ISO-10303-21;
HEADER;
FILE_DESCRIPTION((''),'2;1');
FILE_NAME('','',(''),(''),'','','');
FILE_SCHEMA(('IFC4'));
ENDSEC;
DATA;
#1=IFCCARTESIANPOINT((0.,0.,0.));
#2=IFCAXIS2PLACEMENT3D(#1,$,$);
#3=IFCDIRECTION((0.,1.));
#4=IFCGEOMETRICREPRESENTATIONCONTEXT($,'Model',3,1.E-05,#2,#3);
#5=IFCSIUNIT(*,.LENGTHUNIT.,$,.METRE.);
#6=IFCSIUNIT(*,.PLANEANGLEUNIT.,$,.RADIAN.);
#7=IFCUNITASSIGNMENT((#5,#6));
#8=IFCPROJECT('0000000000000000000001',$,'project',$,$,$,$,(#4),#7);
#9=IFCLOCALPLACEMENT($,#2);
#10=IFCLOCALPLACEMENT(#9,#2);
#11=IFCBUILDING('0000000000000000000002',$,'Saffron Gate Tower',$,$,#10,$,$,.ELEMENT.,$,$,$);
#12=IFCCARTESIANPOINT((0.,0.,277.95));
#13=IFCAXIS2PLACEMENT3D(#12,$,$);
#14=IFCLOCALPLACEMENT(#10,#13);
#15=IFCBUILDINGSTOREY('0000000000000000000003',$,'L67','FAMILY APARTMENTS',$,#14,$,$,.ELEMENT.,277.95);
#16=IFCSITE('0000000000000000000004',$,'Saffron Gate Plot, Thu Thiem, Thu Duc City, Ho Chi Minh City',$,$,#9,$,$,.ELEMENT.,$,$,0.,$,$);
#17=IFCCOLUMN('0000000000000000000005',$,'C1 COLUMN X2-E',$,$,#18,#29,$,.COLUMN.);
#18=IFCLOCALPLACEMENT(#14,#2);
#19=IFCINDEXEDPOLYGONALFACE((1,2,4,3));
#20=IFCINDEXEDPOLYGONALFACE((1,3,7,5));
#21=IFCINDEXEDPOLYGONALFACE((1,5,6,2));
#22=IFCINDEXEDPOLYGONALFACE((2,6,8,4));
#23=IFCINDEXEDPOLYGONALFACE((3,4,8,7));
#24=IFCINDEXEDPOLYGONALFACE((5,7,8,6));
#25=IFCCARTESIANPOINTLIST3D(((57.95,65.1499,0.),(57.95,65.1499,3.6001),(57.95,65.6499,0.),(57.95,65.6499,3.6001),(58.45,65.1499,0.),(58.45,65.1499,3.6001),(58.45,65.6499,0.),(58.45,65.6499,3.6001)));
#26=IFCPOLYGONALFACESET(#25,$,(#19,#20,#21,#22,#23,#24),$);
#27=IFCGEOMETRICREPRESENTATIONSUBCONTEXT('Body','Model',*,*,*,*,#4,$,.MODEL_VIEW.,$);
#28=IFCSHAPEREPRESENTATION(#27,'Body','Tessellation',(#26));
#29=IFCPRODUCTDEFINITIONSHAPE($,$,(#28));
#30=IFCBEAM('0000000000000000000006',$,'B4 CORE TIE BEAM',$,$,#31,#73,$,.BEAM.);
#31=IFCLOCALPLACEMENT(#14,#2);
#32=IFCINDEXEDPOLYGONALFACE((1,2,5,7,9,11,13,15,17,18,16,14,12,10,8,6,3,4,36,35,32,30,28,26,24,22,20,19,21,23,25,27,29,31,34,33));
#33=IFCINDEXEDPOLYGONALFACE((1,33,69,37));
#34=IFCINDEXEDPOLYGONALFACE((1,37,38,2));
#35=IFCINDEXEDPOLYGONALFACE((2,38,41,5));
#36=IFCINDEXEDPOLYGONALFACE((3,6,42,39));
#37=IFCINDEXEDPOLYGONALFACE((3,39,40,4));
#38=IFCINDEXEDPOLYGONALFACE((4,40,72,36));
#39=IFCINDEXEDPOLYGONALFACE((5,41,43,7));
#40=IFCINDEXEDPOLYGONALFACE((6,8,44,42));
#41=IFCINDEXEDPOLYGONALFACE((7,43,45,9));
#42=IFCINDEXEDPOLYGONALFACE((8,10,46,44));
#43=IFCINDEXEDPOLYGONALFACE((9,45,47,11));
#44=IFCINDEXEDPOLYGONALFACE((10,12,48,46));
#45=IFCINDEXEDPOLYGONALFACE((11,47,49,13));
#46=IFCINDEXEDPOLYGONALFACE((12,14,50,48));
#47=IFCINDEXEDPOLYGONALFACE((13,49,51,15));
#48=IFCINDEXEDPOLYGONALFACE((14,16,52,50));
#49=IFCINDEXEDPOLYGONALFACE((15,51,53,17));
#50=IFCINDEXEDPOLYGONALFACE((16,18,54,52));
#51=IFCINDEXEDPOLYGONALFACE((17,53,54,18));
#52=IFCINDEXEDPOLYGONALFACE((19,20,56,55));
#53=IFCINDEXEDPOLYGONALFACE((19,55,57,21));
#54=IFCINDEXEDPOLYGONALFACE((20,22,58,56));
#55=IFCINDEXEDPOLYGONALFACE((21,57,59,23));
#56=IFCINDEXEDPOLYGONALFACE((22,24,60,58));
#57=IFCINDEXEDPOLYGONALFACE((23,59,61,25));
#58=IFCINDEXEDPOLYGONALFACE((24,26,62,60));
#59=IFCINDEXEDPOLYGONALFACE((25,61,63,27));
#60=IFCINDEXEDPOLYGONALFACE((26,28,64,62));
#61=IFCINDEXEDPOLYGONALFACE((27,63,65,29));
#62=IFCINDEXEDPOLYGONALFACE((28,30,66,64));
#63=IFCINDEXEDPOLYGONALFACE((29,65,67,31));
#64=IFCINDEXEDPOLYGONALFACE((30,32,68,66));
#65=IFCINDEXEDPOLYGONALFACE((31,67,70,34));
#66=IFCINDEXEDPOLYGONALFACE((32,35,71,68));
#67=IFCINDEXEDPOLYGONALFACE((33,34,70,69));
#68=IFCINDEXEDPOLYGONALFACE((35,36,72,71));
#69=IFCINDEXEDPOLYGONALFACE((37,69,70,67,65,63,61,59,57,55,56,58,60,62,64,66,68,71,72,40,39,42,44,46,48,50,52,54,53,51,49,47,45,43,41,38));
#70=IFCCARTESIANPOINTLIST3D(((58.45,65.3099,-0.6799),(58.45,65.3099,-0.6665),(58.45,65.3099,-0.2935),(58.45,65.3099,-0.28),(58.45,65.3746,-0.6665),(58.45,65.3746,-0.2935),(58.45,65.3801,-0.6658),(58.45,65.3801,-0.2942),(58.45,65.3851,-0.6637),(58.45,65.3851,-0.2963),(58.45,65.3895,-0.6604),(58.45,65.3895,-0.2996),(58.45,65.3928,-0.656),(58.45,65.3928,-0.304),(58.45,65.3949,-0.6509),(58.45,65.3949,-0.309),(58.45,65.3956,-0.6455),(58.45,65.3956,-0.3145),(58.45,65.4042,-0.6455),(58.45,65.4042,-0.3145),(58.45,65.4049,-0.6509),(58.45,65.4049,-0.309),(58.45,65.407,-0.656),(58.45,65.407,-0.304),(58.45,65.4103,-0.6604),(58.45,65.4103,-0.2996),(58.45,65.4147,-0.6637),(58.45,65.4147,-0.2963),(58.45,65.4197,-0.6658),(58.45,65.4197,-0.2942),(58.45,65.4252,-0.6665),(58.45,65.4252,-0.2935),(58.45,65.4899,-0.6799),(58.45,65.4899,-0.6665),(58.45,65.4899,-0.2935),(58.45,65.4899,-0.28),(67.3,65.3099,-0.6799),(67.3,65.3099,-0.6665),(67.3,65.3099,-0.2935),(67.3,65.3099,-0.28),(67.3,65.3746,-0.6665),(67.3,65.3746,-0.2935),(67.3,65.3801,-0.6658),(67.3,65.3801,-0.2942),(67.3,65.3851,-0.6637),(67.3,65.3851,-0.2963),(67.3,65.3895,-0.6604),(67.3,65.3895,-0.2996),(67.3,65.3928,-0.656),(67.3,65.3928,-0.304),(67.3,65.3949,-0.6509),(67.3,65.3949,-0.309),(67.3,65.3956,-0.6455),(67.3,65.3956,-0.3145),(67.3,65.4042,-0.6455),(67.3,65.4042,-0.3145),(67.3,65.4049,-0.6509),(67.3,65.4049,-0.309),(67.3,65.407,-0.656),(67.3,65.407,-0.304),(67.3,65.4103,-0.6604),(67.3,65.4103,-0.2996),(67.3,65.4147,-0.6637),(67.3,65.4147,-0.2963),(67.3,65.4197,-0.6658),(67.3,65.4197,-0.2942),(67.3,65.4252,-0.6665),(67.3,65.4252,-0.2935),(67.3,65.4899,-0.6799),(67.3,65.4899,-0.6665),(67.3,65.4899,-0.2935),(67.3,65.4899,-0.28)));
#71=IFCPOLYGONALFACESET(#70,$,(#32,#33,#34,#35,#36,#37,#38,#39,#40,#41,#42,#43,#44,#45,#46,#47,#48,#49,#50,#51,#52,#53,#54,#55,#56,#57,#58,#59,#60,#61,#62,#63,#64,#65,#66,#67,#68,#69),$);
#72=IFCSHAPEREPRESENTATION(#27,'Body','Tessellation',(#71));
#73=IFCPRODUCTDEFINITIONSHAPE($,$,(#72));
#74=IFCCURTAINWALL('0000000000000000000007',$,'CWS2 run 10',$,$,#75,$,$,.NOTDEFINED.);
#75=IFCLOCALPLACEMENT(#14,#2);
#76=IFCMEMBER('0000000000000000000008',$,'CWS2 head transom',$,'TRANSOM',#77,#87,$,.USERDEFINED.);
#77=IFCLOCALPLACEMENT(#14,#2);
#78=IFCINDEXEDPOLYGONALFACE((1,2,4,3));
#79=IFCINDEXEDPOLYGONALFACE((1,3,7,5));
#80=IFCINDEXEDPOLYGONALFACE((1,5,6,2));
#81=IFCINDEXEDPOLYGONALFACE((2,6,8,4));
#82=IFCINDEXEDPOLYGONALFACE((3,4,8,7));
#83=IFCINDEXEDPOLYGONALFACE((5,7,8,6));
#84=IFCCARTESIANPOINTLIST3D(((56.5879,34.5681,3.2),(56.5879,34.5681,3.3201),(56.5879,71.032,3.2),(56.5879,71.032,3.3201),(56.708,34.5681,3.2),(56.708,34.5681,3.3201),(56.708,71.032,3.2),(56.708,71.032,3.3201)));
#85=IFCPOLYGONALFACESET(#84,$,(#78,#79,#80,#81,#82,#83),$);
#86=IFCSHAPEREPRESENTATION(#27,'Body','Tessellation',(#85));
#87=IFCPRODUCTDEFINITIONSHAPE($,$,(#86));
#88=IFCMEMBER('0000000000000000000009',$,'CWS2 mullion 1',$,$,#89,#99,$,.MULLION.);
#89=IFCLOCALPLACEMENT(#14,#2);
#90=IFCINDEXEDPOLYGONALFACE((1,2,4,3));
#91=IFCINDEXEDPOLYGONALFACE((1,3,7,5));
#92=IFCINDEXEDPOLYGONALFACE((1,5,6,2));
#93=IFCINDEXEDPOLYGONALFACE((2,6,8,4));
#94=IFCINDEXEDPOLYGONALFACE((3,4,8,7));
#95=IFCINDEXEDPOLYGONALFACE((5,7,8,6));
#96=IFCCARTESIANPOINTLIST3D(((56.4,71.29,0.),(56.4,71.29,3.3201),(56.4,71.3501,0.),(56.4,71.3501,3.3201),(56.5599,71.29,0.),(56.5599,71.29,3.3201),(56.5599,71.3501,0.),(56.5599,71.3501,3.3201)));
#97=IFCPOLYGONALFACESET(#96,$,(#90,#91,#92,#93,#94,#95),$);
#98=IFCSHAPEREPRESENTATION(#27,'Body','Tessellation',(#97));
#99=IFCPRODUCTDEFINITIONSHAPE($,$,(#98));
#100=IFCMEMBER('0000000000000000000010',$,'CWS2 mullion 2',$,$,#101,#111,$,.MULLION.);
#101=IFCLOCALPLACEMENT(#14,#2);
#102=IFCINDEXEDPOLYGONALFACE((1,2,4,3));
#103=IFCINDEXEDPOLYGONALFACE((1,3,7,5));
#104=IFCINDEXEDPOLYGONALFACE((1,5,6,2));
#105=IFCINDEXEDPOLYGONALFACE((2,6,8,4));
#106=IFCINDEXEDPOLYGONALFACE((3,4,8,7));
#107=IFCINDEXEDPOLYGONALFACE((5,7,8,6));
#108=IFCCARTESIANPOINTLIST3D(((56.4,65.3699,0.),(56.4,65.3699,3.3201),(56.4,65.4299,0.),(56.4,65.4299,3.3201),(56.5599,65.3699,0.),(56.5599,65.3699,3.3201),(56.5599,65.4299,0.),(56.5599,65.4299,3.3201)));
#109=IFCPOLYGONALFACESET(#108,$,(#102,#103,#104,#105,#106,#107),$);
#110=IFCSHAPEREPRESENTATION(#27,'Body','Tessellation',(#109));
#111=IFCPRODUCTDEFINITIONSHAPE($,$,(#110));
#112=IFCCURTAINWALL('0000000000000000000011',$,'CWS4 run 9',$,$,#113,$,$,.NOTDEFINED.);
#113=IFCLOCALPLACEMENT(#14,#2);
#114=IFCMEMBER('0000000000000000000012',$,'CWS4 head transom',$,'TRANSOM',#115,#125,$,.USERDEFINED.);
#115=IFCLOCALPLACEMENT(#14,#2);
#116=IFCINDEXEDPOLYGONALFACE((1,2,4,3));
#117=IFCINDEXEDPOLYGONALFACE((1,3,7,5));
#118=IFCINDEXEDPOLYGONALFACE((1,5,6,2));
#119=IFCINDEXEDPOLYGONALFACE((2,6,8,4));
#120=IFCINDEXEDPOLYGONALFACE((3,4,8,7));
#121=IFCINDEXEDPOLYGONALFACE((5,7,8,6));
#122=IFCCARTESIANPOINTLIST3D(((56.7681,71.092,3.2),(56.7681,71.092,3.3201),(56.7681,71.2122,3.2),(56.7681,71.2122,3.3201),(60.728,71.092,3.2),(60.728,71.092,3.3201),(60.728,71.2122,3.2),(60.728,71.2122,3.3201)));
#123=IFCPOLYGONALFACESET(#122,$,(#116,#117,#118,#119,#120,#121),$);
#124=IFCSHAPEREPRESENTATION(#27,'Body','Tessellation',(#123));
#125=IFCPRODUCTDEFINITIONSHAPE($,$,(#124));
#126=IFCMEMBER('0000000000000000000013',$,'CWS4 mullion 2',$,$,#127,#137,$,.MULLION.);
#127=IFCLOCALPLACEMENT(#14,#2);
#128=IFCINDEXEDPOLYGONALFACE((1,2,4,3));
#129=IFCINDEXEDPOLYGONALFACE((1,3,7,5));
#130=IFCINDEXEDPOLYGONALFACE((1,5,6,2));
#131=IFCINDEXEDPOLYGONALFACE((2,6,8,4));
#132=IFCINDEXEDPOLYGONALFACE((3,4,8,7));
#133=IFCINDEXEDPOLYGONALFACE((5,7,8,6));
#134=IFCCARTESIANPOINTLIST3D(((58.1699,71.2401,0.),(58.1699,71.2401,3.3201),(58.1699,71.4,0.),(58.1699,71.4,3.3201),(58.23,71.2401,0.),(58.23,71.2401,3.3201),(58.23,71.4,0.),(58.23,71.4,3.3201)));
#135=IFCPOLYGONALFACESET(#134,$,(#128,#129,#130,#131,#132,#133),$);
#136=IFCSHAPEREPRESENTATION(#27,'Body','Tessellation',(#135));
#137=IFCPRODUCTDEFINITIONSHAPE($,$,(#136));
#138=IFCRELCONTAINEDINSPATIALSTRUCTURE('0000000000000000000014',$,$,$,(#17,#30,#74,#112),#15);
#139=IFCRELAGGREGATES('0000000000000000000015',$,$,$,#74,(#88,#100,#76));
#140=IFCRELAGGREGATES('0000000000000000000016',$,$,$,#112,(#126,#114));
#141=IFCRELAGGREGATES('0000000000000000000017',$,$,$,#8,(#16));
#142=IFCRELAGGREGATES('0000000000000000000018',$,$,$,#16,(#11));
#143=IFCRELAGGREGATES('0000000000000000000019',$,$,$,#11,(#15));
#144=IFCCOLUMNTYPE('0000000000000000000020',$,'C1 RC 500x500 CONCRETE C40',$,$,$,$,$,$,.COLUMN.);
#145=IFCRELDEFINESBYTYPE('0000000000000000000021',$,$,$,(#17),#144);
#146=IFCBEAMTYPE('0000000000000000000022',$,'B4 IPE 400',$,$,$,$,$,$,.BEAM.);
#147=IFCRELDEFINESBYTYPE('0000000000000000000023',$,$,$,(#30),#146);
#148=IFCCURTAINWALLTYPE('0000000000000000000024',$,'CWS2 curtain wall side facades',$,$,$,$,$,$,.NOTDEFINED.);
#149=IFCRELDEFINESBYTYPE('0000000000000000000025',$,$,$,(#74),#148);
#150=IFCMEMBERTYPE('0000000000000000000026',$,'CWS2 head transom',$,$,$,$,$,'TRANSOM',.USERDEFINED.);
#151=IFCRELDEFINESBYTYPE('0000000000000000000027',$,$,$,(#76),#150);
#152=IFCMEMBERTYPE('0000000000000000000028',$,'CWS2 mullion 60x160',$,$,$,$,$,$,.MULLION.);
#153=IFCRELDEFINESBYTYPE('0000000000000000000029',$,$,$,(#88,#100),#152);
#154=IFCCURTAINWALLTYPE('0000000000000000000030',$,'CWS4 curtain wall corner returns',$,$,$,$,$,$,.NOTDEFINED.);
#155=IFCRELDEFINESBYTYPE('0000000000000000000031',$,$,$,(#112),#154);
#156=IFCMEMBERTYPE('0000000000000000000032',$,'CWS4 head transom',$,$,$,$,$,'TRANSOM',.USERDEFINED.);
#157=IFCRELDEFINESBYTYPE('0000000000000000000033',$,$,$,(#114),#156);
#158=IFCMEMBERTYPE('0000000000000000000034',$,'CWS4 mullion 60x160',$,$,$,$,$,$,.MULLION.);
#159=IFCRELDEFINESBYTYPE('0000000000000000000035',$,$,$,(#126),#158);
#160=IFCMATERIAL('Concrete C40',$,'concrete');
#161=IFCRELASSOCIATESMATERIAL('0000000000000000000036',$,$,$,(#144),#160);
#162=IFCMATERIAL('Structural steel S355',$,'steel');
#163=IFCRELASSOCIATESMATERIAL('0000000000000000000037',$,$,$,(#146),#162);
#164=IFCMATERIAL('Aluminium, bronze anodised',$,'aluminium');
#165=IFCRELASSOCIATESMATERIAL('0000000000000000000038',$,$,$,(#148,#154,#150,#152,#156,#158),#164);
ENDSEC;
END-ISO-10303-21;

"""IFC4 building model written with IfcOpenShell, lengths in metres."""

from ifc_helpers import new_model, si_unit, direction, frame, origin, origin_2d, place, context, subcontext, project, spatial, rectangle, i_section, extrude, material, material_profile, profile_set, type_object, element, aggregate, save


model = new_model("IFC4")

# Units and contexts
model_context = context("Model", 3, precision=1e-05, world=origin(), true_north=direction((0.0, 1.0)))
body_context = subcontext(model_context, "Body", "Model", "MODEL_VIEW")
ifc_project = project(units=[si_unit("LENGTHUNIT", "METRE"), si_unit("PLANEANGLEUNIT", "RADIAN")], contexts=[model_context])

# Site, building, storey
site_placement = place(None, origin())
site = spatial("IfcSite", under=ifc_project, at=site_placement, Name="Saffron Gate Plot, Thu Thiem, Thu Duc City, Ho Chi Minh City", CompositionType="ELEMENT", RefElevation=0.0)
building_placement = place(site_placement, origin())
building = spatial("IfcBuilding", under=site, at=building_placement, Name="Saffron Gate Tower", CompositionType="ELEMENT")
storey_placement = place(building_placement, frame((0.0, 0.0, 277.95)))
storey = spatial("IfcBuildingStorey", under=building, at=storey_placement, Name="L67", Description="FAMILY APARTMENTS", CompositionType="ELEMENT", Elevation=277.95)

# Column
ifc_material_1 = material(Name="Concrete C40", Category="concrete")
ifc_material_profile_1 = material_profile(ifc_material_1, rectangle(XDim=0.5, YDim=0.5, at=origin_2d()))
ifc_profile_set_1 = profile_set([ifc_material_profile_1], Name="Concrete C40")
column_type = type_object("IfcColumnType", Name="C1 RC 500x500 CONCRETE C40", PredefinedType="COLUMN", material=ifc_profile_set_1)
column_placement = place(storey_placement, frame((58.2, 65.3999, 0.0), z_axis=(0.0, 0.0, 1.0), x_axis=(1.0, 0.0, 0.0)))
element("IfcColumn", 1, at=column_placement, inside=storey, type_object=column_type, Name="C1 COLUMN X2-E", PredefinedType="COLUMN", context=body_context, shape_type="SweptSolid", body=[
    extrude(rectangle(XDim=0.5, YDim=0.5, at=origin_2d()), origin(), (0.0, 0.0, 1.0), 3.6001),
])

# Beam
ifc_material_2 = material(Name="Structural steel S355", Category="steel")
ifc_material_profile_2 = material_profile(ifc_material_2, i_section(OverallWidth=0.1799, OverallDepth=0.3999, WebThickness=0.0085, FlangeThickness=0.0134, FilletRadius=0.021, at=origin_2d()))
ifc_profile_set_2 = profile_set([ifc_material_profile_2], Name="Structural steel S355")
beam_type = type_object("IfcBeamType", Name="B4 IPE 400", PredefinedType="BEAM", material=ifc_profile_set_2)
beam_placement = place(storey_placement, frame((58.45, 65.3999, -0.48), z_axis=(1.0, 0.0, 0.0), x_axis=(0.0, 1.0, 0.0)))
element("IfcBeam", 2, at=beam_placement, inside=storey, type_object=beam_type, Name="B4 CORE TIE BEAM", PredefinedType="BEAM", context=body_context, shape_type="SweptSolid", body=[
    extrude(i_section(OverallWidth=0.1799, OverallDepth=0.3999, WebThickness=0.0085, FlangeThickness=0.0134, FilletRadius=0.021, at=origin_2d()), origin(), (0.0, 0.0, 1.0), 8.8501),
])

# Curtain walls, members
ifc_material_3 = material(Name="Aluminium, bronze anodised", Category="aluminium")
curtain_wall_type_1 = type_object("IfcCurtainWallType", Name="CWS2 curtain wall side facades", PredefinedType="NOTDEFINED", material=ifc_material_3)
curtain_wall_1_placement = place(storey_placement, origin())
curtain_wall_1 = element("IfcCurtainWall", 3, at=curtain_wall_1_placement, inside=storey, type_object=curtain_wall_type_1, Name="CWS2 run 10", PredefinedType="NOTDEFINED")
ifc_material_profile_3 = material_profile(ifc_material_3, rectangle(XDim=0.1201, YDim=0.1201, at=origin_2d()))
ifc_profile_set_3 = profile_set([ifc_material_profile_3], Name="Aluminium, bronze anodised")
member_type_1 = type_object("IfcMemberType", Name="CWS2 head transom", ElementType="TRANSOM", PredefinedType="USERDEFINED", material=ifc_profile_set_3)
member_1_placement = place(storey_placement, frame((56.6479, 71.032, 3.26), z_axis=(0.0, -1.0, 0.0), x_axis=(1.0, 0.0, 0.0)))
member_1 = element("IfcMember", 4, at=member_1_placement, type_object=member_type_1, Name="CWS2 head transom", ObjectType="TRANSOM", PredefinedType="USERDEFINED", context=body_context, shape_type="SweptSolid", body=[
    extrude(rectangle(XDim=0.1201, YDim=0.1201, at=origin_2d()), origin(), (0.0, 0.0, 1.0), 36.4639),
])
ifc_material_profile_4 = material_profile(ifc_material_3, rectangle(XDim=0.1599, YDim=0.0601, at=origin_2d()))
ifc_profile_set_4 = profile_set([ifc_material_profile_4], Name="Aluminium, bronze anodised")
member_type_2 = type_object("IfcMemberType", Name="CWS2 mullion 60x160", PredefinedType="MULLION", material=ifc_profile_set_4)
member_2_placement = place(storey_placement, frame((56.48, 71.3201, 0.0), z_axis=(0.0, 0.0, 1.0), x_axis=(1.0, 0.0, 0.0)))
member_2 = element("IfcMember", 5, at=member_2_placement, type_object=member_type_2, Name="CWS2 mullion 1", PredefinedType="MULLION", context=body_context, shape_type="SweptSolid", body=[
    extrude(rectangle(XDim=0.1599, YDim=0.0601, at=origin_2d()), origin(), (0.0, 0.0, 1.0), 3.3201),
])
member_3_placement = place(storey_placement, frame((56.48, 65.3999, 0.0), z_axis=(0.0, 0.0, 1.0), x_axis=(1.0, 0.0, 0.0)))
member_3 = element("IfcMember", 6, at=member_3_placement, type_object=member_type_2, Name="CWS2 mullion 2", PredefinedType="MULLION", context=body_context, shape_type="SweptSolid", body=[
    extrude(rectangle(XDim=0.1599, YDim=0.0601, at=origin_2d()), origin(), (0.0, 0.0, 1.0), 3.3201),
])
curtain_wall_type_2 = type_object("IfcCurtainWallType", Name="CWS4 curtain wall corner returns", PredefinedType="NOTDEFINED", material=ifc_material_3)
curtain_wall_2_placement = place(storey_placement, origin())
curtain_wall_2 = element("IfcCurtainWall", 7, at=curtain_wall_2_placement, inside=storey, type_object=curtain_wall_type_2, Name="CWS4 run 9", PredefinedType="NOTDEFINED")
ifc_material_profile_5 = material_profile(ifc_material_3, rectangle(XDim=0.1201, YDim=0.1201, at=origin_2d()))
ifc_profile_set_5 = profile_set([ifc_material_profile_5], Name="Aluminium, bronze anodised")
member_type_3 = type_object("IfcMemberType", Name="CWS4 head transom", ElementType="TRANSOM", PredefinedType="USERDEFINED", material=ifc_profile_set_5)
member_4_placement = place(storey_placement, frame((60.728, 71.1521, 3.26), z_axis=(-1.0, 0.0, 0.0), x_axis=(0.0, -1.0, 0.0)))
member_4 = element("IfcMember", 8, at=member_4_placement, type_object=member_type_3, Name="CWS4 head transom", ObjectType="TRANSOM", PredefinedType="USERDEFINED", context=body_context, shape_type="SweptSolid", body=[
    extrude(rectangle(XDim=0.1201, YDim=0.1201, at=origin_2d()), origin(), (0.0, 0.0, 1.0), 3.96),
])
ifc_material_profile_6 = material_profile(ifc_material_3, rectangle(XDim=0.1599, YDim=0.0601, at=origin_2d()))
ifc_profile_set_6 = profile_set([ifc_material_profile_6], Name="Aluminium, bronze anodised")
member_type_4 = type_object("IfcMemberType", Name="CWS4 mullion 60x160", PredefinedType="MULLION", material=ifc_profile_set_6)
member_5_placement = place(storey_placement, frame((58.2, 71.3201, 0.0), z_axis=(0.0, 0.0, 1.0), x_axis=(0.0, -1.0, 0.0)))
member_5 = element("IfcMember", 9, at=member_5_placement, type_object=member_type_4, Name="CWS4 mullion 2", PredefinedType="MULLION", context=body_context, shape_type="SweptSolid", body=[
    extrude(rectangle(XDim=0.1599, YDim=0.0601, at=origin_2d()), origin(), (0.0, 0.0, 1.0), 3.3201),
])

aggregate(curtain_wall_1, [member_2, member_3, member_1])

aggregate(curtain_wall_2, [member_5, member_4])

save(model, "model.ifc")
